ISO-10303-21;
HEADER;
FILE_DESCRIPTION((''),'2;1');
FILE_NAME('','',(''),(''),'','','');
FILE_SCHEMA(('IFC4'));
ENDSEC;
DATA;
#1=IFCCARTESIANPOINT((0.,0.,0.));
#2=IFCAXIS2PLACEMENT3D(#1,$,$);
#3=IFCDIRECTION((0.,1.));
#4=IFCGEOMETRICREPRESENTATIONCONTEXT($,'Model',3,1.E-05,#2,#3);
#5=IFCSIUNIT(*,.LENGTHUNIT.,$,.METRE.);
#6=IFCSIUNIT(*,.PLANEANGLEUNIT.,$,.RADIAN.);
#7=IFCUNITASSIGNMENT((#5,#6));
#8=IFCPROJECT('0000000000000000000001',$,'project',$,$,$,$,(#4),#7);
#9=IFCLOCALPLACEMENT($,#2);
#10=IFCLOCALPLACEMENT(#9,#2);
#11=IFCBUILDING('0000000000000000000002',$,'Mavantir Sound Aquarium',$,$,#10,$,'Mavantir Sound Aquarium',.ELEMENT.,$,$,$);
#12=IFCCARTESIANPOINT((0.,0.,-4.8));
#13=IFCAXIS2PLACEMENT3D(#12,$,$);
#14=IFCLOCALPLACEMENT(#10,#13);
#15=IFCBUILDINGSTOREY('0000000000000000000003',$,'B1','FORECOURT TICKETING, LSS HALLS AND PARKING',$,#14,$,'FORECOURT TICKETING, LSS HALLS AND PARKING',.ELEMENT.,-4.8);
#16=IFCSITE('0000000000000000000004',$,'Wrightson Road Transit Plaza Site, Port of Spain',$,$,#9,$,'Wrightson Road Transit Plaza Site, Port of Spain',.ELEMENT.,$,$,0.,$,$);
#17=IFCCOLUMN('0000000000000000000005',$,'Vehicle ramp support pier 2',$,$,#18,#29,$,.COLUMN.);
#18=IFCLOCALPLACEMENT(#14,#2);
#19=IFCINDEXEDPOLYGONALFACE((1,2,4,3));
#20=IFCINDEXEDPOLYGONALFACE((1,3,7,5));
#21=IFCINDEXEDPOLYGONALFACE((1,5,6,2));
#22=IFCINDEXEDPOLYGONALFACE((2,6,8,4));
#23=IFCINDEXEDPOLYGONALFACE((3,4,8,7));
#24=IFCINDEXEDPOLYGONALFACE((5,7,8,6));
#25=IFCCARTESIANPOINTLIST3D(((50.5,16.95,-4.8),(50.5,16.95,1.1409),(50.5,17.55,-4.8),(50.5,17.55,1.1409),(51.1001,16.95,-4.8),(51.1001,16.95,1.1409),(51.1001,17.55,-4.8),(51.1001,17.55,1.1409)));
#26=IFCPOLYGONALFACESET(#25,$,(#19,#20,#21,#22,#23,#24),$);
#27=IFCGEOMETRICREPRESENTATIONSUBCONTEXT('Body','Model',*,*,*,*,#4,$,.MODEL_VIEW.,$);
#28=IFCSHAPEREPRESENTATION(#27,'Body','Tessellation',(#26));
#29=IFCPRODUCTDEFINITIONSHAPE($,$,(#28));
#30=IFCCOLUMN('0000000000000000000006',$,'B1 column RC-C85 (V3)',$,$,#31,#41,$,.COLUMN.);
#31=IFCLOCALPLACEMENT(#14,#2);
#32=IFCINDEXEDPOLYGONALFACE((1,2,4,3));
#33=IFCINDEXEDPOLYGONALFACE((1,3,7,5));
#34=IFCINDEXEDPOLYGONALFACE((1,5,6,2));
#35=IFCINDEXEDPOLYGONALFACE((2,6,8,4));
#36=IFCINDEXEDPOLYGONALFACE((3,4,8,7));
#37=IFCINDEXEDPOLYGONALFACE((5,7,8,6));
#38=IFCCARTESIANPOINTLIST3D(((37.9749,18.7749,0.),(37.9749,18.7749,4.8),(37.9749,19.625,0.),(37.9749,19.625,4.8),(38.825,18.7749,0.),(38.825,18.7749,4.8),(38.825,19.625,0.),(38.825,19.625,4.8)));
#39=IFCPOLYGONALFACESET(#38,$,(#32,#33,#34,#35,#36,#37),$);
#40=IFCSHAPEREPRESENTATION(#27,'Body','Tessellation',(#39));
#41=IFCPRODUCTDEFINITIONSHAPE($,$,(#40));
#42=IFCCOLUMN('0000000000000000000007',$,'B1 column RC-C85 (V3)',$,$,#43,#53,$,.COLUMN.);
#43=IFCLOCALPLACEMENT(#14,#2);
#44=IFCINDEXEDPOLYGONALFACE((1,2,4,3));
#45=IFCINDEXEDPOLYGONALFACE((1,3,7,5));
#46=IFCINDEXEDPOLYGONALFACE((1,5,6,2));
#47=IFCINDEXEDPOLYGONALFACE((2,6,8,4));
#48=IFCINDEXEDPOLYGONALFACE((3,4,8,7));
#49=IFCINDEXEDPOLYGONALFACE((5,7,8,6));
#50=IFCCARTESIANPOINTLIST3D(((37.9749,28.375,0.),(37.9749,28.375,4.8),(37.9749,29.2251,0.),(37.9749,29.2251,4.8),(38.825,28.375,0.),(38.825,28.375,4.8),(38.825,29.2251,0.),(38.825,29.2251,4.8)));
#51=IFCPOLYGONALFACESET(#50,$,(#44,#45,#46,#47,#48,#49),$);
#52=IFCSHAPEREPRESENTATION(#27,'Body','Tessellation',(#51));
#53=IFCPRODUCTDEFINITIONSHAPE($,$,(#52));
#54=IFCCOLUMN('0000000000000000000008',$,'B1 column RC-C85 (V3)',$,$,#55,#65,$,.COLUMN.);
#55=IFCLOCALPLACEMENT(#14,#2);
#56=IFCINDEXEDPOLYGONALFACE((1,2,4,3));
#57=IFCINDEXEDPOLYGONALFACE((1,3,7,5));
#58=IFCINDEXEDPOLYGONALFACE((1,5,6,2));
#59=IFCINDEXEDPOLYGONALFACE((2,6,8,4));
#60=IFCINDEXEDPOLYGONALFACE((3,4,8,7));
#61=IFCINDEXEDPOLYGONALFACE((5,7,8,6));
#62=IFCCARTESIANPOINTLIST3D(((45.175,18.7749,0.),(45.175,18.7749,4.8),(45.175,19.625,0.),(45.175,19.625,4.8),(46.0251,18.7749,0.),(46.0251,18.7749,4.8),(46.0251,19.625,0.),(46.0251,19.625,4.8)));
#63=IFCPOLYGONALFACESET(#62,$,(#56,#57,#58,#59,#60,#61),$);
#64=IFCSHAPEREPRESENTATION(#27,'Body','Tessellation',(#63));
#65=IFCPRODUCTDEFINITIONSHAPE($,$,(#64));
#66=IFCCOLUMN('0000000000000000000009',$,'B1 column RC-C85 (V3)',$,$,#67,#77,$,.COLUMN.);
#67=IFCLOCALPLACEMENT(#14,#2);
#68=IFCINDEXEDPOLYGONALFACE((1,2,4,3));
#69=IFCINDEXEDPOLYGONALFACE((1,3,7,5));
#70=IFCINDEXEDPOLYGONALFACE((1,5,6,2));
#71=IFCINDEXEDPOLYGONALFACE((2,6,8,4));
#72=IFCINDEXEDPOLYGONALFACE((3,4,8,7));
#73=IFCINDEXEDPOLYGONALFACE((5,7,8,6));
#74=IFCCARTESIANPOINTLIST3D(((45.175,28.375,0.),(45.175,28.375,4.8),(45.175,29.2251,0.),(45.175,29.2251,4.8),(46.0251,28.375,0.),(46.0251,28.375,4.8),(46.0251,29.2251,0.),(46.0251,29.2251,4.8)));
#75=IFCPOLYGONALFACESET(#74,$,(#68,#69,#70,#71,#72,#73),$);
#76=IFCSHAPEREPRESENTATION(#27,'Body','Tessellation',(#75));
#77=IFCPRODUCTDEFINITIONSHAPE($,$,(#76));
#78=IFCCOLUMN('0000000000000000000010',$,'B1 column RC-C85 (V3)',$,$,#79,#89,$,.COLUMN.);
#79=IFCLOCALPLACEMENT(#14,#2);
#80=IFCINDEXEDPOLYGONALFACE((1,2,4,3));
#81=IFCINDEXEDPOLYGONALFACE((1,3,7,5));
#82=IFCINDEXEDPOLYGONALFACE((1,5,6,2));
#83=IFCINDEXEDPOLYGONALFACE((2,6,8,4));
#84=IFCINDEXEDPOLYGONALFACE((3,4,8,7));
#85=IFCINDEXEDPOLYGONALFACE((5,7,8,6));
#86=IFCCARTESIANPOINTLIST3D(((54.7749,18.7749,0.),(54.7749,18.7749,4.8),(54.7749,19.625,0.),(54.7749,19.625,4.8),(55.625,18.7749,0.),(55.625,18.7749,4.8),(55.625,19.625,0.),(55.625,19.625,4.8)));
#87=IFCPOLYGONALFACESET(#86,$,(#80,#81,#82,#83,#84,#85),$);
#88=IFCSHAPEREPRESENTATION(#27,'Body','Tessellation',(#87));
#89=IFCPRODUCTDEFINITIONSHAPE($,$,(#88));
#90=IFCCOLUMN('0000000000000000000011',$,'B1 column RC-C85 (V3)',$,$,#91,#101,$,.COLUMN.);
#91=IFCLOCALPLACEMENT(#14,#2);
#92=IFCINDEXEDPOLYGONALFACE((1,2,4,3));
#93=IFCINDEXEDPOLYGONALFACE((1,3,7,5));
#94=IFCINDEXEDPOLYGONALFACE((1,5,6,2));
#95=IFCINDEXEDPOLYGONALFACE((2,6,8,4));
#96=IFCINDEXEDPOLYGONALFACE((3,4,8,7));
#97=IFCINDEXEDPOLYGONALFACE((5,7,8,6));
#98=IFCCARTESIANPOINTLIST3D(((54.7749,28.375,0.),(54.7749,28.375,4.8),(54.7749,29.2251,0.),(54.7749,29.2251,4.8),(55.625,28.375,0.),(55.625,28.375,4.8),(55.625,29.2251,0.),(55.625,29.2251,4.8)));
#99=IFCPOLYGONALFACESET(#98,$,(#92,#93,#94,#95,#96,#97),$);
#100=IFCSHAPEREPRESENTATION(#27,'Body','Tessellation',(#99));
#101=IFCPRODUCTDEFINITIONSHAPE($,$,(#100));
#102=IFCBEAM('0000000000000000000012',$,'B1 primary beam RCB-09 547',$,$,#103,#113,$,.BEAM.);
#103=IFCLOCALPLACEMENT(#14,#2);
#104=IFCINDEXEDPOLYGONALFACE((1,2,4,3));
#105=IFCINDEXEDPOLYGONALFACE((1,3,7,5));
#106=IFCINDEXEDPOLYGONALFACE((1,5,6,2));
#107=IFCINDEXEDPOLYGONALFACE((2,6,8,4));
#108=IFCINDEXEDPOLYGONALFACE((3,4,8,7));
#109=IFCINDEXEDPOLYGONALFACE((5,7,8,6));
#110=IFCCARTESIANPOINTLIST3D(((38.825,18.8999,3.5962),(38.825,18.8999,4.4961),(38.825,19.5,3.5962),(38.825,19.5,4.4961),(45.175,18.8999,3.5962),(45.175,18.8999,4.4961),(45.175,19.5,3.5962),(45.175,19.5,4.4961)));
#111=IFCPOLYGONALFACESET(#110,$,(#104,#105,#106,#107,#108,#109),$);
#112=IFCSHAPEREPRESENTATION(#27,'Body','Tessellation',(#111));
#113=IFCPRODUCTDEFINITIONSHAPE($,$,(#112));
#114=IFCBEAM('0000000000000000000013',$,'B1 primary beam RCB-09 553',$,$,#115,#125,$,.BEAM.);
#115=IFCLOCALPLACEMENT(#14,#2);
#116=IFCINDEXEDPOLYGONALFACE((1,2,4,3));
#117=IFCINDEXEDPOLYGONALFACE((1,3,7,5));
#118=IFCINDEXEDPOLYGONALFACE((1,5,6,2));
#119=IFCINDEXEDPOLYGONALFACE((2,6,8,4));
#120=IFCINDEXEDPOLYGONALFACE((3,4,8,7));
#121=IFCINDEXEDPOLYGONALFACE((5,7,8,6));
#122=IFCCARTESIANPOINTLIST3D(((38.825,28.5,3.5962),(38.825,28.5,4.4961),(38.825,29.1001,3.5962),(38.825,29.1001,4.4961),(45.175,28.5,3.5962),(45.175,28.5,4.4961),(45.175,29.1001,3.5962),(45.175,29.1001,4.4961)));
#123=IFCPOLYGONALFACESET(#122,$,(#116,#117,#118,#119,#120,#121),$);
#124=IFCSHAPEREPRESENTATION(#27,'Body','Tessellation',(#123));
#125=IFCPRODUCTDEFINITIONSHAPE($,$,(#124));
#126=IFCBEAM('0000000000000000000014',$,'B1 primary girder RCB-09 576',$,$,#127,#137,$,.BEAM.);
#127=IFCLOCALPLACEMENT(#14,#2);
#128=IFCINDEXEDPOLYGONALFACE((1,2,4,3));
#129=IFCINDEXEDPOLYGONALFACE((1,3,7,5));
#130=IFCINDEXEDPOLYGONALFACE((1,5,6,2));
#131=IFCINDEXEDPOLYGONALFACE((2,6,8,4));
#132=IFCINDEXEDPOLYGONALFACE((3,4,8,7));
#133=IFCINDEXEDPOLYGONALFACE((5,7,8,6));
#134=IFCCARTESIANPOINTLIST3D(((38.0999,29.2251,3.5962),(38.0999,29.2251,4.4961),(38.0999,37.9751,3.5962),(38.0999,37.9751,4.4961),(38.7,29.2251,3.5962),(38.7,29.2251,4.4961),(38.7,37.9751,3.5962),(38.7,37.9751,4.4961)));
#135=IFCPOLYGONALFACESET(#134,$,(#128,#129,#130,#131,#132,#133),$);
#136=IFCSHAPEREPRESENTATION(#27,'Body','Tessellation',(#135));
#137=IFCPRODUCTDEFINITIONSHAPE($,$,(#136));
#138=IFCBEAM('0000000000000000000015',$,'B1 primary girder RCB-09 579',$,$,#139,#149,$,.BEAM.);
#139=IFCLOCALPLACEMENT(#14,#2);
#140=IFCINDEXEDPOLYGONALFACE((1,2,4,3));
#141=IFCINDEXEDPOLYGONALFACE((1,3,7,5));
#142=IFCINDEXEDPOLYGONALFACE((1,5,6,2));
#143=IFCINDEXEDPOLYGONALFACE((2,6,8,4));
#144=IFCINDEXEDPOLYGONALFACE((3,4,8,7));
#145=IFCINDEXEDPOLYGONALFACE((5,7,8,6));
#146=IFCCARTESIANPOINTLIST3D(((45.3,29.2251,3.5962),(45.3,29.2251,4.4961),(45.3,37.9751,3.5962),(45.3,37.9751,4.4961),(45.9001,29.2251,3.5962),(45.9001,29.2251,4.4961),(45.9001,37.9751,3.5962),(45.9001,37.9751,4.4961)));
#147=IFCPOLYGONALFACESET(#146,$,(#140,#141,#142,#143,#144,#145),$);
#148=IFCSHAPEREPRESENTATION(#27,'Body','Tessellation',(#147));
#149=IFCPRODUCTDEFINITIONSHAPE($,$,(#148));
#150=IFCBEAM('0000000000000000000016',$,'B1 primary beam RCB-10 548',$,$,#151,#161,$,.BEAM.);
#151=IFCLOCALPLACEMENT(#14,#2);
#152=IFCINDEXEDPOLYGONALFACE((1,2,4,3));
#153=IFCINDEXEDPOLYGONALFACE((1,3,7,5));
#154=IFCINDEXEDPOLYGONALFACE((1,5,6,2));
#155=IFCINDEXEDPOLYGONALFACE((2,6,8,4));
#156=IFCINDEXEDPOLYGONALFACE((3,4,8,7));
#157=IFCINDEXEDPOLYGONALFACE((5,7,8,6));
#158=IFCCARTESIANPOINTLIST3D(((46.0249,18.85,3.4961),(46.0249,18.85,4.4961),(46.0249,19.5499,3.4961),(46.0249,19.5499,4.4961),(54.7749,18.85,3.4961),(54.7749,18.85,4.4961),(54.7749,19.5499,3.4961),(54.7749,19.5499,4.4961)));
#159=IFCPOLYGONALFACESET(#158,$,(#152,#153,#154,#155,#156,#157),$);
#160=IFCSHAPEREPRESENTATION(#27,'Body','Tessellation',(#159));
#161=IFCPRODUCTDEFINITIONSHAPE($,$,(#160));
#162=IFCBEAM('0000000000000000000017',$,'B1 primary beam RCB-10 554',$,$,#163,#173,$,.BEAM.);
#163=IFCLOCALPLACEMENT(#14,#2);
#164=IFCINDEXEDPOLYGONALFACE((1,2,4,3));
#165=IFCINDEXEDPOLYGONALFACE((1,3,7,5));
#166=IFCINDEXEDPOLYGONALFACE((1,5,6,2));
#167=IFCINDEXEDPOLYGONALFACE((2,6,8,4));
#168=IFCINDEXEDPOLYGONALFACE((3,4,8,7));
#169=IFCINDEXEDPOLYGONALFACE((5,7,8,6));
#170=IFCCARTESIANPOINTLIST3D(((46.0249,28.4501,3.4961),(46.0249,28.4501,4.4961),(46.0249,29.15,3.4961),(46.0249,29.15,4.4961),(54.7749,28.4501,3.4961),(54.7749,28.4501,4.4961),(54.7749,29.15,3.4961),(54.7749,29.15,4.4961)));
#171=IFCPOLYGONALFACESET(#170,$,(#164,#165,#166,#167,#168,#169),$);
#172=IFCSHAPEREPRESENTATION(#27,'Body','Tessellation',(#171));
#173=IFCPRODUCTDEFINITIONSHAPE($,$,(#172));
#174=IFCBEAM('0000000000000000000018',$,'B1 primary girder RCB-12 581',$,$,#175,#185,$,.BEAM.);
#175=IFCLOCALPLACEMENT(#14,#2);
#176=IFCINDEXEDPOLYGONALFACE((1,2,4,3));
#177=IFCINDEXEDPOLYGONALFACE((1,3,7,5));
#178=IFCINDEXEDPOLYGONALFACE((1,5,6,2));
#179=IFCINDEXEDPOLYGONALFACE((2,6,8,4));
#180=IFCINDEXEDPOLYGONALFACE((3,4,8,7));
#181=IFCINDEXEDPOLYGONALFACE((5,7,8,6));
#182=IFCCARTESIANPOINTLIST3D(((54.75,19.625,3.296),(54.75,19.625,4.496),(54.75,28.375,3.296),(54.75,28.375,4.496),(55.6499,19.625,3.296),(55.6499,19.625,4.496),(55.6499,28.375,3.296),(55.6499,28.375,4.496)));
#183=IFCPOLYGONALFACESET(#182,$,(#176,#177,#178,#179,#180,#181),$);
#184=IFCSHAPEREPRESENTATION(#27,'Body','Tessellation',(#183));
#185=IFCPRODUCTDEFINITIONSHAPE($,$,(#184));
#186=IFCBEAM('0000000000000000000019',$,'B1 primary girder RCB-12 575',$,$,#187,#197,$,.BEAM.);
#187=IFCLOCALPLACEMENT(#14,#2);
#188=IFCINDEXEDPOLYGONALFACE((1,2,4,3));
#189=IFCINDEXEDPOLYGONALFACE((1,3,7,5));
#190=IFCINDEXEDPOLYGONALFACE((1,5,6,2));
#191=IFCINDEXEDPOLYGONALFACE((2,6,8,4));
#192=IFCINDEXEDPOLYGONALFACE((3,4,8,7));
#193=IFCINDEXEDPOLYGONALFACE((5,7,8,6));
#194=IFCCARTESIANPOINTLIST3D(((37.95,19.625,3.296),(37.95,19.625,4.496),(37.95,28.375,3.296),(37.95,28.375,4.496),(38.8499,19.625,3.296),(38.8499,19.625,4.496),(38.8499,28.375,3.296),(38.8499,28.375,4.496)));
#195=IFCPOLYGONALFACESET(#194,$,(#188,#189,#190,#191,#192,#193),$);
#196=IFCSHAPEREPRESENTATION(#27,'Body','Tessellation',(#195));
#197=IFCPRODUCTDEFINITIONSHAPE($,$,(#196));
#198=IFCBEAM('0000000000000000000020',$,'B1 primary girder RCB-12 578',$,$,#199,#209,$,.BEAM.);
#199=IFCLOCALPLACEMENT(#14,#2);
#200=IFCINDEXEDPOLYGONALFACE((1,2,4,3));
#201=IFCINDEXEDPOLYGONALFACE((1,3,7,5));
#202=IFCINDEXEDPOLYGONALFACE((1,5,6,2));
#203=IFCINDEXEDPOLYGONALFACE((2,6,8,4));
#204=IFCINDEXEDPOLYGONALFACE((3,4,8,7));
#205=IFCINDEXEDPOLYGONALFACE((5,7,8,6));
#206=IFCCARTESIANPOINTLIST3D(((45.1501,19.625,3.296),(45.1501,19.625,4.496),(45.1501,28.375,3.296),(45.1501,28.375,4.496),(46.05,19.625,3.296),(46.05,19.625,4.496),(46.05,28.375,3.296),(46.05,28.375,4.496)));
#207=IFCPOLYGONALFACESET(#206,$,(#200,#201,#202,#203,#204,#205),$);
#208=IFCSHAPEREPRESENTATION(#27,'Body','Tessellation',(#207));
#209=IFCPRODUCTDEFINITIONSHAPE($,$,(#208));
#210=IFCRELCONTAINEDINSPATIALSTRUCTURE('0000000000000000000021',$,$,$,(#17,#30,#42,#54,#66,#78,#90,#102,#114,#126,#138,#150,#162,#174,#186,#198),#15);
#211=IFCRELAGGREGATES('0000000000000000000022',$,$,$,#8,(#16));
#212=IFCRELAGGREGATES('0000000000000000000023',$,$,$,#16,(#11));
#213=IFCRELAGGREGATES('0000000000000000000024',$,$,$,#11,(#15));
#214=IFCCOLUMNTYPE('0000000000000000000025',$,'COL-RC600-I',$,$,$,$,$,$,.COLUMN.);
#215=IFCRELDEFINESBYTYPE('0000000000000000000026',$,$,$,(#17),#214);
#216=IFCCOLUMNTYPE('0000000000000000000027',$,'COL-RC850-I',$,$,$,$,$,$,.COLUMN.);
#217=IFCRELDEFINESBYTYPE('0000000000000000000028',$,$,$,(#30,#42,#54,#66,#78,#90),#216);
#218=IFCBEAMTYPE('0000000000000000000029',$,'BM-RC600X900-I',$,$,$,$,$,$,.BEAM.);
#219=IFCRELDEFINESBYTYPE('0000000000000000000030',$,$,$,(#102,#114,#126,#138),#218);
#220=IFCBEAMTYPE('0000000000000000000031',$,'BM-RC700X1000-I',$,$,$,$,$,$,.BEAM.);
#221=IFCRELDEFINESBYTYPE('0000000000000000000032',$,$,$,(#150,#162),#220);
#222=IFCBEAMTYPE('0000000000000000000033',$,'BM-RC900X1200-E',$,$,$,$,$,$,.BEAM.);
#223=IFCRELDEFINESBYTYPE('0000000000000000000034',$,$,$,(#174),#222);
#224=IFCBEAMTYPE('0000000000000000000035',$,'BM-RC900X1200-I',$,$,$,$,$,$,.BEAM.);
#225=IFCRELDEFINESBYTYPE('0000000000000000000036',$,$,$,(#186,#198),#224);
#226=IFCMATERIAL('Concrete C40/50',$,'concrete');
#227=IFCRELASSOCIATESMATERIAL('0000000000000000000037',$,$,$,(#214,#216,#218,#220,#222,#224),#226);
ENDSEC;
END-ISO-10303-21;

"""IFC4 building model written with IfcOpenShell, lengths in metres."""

from ifc_helpers import new_model, si_unit, direction, frame, origin, origin_2d, place, context, subcontext, project, spatial, rectangle, extrude, material, material_profile, profile_set, type_object, element, save


model = new_model("IFC4")

# Units and contexts
model_context = context("Model", 3, precision=1e-05, world=origin(), true_north=direction((0.0, 1.0)))
body_context = subcontext(model_context, "Body", "Model", "MODEL_VIEW")
ifc_project = project(units=[si_unit("LENGTHUNIT", "METRE"), si_unit("PLANEANGLEUNIT", "RADIAN")], contexts=[model_context])

# Site, building, storey
site_placement = place(None, origin())
site = spatial("IfcSite", under=ifc_project, at=site_placement, Name="Wrightson Road Transit Plaza Site, Port of Spain", LongName="Wrightson Road Transit Plaza Site, Port of Spain", CompositionType="ELEMENT", RefElevation=0.0)
building_placement = place(site_placement, origin())
building = spatial("IfcBuilding", under=site, at=building_placement, Name="Mavantir Sound Aquarium", LongName="Mavantir Sound Aquarium", CompositionType="ELEMENT")
storey_placement = place(building_placement, frame((0.0, 0.0, -4.8)))
storey = spatial("IfcBuildingStorey", under=building, at=storey_placement, Name="B1", Description="FORECOURT TICKETING, LSS HALLS AND PARKING", LongName="FORECOURT TICKETING, LSS HALLS AND PARKING", CompositionType="ELEMENT", Elevation=-4.8)

# Columns
ifc_material_1 = material(Name="Concrete C40/50", Category="concrete")
ifc_material_profile_1 = material_profile(ifc_material_1, rectangle(XDim=0.6001, YDim=0.6001, at=origin_2d()), Name="RC 600X600")
ifc_profile_set_1 = profile_set([ifc_material_profile_1], Name="Concrete C40/50")
column_type_1 = type_object("IfcColumnType", Name="COL-RC600-I", PredefinedType="COLUMN", material=ifc_profile_set_1)
column_placement = place(storey_placement, frame((50.8, 17.25, -4.8), z_axis=(0.0, 0.0, 1.0), x_axis=(1.0, 0.0, 0.0)))
element("IfcColumn", 1, at=column_placement, inside=storey, type_object=column_type_1, Name="Vehicle ramp support pier 2", PredefinedType="COLUMN", context=body_context, shape_type="SweptSolid", body=[
    extrude(rectangle(XDim=0.6001, YDim=0.6001, at=origin_2d()), origin(), (0.0, 0.0, 1.0), 5.9409),
])
ifc_material_profile_2 = material_profile(ifc_material_1, rectangle(XDim=0.8501, YDim=0.8501, at=origin_2d()), Name="RC 850X850")
ifc_profile_set_2 = profile_set([ifc_material_profile_2], Name="Concrete C40/50")
column_type_2 = type_object("IfcColumnType", Name="COL-RC850-I", PredefinedType="COLUMN", material=ifc_profile_set_2)
for number, where, z_axis, x_axis, name in (
    (2, (38.3999, 19.2, 0.0), (0.0, 0.0, 1.0), (1.0, 0.0, 0.0), "B1 column RC-C85 (V3)"),
    (3, (38.3999, 28.8, 0.0), (0.0, 0.0, 1.0), (1.0, 0.0, 0.0), "B1 column RC-C85 (V3)"),
    (4, (45.6001, 19.2, 0.0), (0.0, 0.0, 1.0), (1.0, 0.0, 0.0), "B1 column RC-C85 (V3)"),
    (5, (45.6001, 28.8, 0.0), (0.0, 0.0, 1.0), (1.0, 0.0, 0.0), "B1 column RC-C85 (V3)"),
    (6, (55.2, 19.2, 0.0), (0.0, 0.0, 1.0), (1.0, 0.0, 0.0), "B1 column RC-C85 (V3)"),
    (7, (55.2, 28.8, 0.0), (0.0, 0.0, 1.0), (1.0, 0.0, 0.0), "B1 column RC-C85 (V3)"),
):
    element("IfcColumn", number, at=place(storey_placement, frame(where, z_axis=z_axis, x_axis=x_axis)), inside=storey, type_object=column_type_2, Name=name, PredefinedType="COLUMN", context=body_context, shape_type="SweptSolid", body=[
        extrude(rectangle(XDim=0.8501, YDim=0.8501, at=origin_2d()), origin(), (0.0, 0.0, 1.0), 4.8),
    ])

# Beams
ifc_material_profile_3 = material_profile(ifc_material_1, rectangle(XDim=0.6001, YDim=0.8999, at=origin_2d()), Name="RC 600X900")
ifc_profile_set_3 = profile_set([ifc_material_profile_3], Name="Concrete C40/50")
beam_type_1 = type_object("IfcBeamType", Name="BM-RC600X900-I", PredefinedType="BEAM", material=ifc_profile_set_3)
for number, where, z_axis, x_axis, name in (
    (8, (38.825, 19.2, 4.0461), (1.0, 0.0, 0.0), (0.0, 1.0, 0.0), "B1 primary beam RCB-09 547"),
    (9, (38.825, 28.8, 4.0461), (1.0, 0.0, 0.0), (0.0, 1.0, 0.0), "B1 primary beam RCB-09 553"),
):
    element("IfcBeam", number, at=place(storey_placement, frame(where, z_axis=z_axis, x_axis=x_axis)), inside=storey, type_object=beam_type_1, Name=name, PredefinedType="BEAM", context=body_context, shape_type="SweptSolid", body=[
        extrude(rectangle(XDim=0.6001, YDim=0.8999, at=origin_2d()), origin(), (0.0, 0.0, 1.0), 6.3501),
    ])
for number, where, z_axis, x_axis, name in (
    (10, (38.3999, 29.2251, 4.0461), (0.0, 1.0, 0.0), (-1.0, 0.0, 0.0), "B1 primary girder RCB-09 576"),
    (11, (45.6001, 29.2251, 4.0461), (0.0, 1.0, 0.0), (-1.0, 0.0, 0.0), "B1 primary girder RCB-09 579"),
):
    element("IfcBeam", number, at=place(storey_placement, frame(where, z_axis=z_axis, x_axis=x_axis)), inside=storey, type_object=beam_type_1, Name=name, PredefinedType="BEAM", context=body_context, shape_type="SweptSolid", body=[
        extrude(rectangle(XDim=0.6001, YDim=0.8999, at=origin_2d()), origin(), (0.0, 0.0, 1.0), 8.75),
    ])
ifc_material_profile_4 = material_profile(ifc_material_1, rectangle(XDim=0.7, YDim=1.0, at=origin_2d()), Name="RC 700X1000")
ifc_profile_set_4 = profile_set([ifc_material_profile_4], Name="Concrete C40/50")
beam_type_2 = type_object("IfcBeamType", Name="BM-RC700X1000-I", PredefinedType="BEAM", material=ifc_profile_set_4)
for number, where, z_axis, x_axis, name in (
    (12, (46.0249, 19.2, 3.9961), (1.0, 0.0, 0.0), (0.0, 1.0, 0.0), "B1 primary beam RCB-10 548"),
    (13, (46.0249, 28.8, 3.9961), (1.0, 0.0, 0.0), (0.0, 1.0, 0.0), "B1 primary beam RCB-10 554"),
):
    element("IfcBeam", number, at=place(storey_placement, frame(where, z_axis=z_axis, x_axis=x_axis)), inside=storey, type_object=beam_type_2, Name=name, PredefinedType="BEAM", context=body_context, shape_type="SweptSolid", body=[
        extrude(rectangle(XDim=0.7, YDim=1.0, at=origin_2d()), origin(), (0.0, 0.0, 1.0), 8.75),
    ])
ifc_material_profile_5 = material_profile(ifc_material_1, rectangle(XDim=0.8999, YDim=1.2, at=origin_2d()), Name="RC 900X1200")
ifc_profile_set_5 = profile_set([ifc_material_profile_5], Name="Concrete C40/50")
beam_type_3 = type_object("IfcBeamType", Name="BM-RC900X1200-E", PredefinedType="BEAM", material=ifc_profile_set_5)
beam_1_placement = place(storey_placement, frame((55.2, 19.625, 3.896), z_axis=(0.0, 1.0, 0.0), x_axis=(-1.0, 0.0, 0.0)))
element("IfcBeam", 14, at=beam_1_placement, inside=storey, type_object=beam_type_3, Name="B1 primary girder RCB-12 581", PredefinedType="BEAM", context=body_context, shape_type="SweptSolid", body=[
    extrude(rectangle(XDim=0.8999, YDim=1.2, at=origin_2d()), origin(), (0.0, 0.0, 1.0), 8.75),
])
ifc_material_profile_6 = material_profile(ifc_material_1, rectangle(XDim=0.8999, YDim=1.2, at=origin_2d()), Name="RC 900X1200")
ifc_profile_set_6 = profile_set([ifc_material_profile_6], Name="Concrete C40/50")
beam_type_4 = type_object("IfcBeamType", Name="BM-RC900X1200-I", PredefinedType="BEAM", material=ifc_profile_set_6)
for number, where, z_axis, x_axis, name in (
    (15, (38.3999, 19.625, 3.896), (0.0, 1.0, 0.0), (-1.0, 0.0, 0.0), "B1 primary girder RCB-12 575"),
    (16, (45.6001, 19.625, 3.896), (0.0, 1.0, 0.0), (-1.0, 0.0, 0.0), "B1 primary girder RCB-12 578"),
):
    element("IfcBeam", number, at=place(storey_placement, frame(where, z_axis=z_axis, x_axis=x_axis)), inside=storey, type_object=beam_type_4, Name=name, PredefinedType="BEAM", context=body_context, shape_type="SweptSolid", body=[
        extrude(rectangle(XDim=0.8999, YDim=1.2, at=origin_2d()), origin(), (0.0, 0.0, 1.0), 8.75),
    ])

save(model, "model.ifc")
